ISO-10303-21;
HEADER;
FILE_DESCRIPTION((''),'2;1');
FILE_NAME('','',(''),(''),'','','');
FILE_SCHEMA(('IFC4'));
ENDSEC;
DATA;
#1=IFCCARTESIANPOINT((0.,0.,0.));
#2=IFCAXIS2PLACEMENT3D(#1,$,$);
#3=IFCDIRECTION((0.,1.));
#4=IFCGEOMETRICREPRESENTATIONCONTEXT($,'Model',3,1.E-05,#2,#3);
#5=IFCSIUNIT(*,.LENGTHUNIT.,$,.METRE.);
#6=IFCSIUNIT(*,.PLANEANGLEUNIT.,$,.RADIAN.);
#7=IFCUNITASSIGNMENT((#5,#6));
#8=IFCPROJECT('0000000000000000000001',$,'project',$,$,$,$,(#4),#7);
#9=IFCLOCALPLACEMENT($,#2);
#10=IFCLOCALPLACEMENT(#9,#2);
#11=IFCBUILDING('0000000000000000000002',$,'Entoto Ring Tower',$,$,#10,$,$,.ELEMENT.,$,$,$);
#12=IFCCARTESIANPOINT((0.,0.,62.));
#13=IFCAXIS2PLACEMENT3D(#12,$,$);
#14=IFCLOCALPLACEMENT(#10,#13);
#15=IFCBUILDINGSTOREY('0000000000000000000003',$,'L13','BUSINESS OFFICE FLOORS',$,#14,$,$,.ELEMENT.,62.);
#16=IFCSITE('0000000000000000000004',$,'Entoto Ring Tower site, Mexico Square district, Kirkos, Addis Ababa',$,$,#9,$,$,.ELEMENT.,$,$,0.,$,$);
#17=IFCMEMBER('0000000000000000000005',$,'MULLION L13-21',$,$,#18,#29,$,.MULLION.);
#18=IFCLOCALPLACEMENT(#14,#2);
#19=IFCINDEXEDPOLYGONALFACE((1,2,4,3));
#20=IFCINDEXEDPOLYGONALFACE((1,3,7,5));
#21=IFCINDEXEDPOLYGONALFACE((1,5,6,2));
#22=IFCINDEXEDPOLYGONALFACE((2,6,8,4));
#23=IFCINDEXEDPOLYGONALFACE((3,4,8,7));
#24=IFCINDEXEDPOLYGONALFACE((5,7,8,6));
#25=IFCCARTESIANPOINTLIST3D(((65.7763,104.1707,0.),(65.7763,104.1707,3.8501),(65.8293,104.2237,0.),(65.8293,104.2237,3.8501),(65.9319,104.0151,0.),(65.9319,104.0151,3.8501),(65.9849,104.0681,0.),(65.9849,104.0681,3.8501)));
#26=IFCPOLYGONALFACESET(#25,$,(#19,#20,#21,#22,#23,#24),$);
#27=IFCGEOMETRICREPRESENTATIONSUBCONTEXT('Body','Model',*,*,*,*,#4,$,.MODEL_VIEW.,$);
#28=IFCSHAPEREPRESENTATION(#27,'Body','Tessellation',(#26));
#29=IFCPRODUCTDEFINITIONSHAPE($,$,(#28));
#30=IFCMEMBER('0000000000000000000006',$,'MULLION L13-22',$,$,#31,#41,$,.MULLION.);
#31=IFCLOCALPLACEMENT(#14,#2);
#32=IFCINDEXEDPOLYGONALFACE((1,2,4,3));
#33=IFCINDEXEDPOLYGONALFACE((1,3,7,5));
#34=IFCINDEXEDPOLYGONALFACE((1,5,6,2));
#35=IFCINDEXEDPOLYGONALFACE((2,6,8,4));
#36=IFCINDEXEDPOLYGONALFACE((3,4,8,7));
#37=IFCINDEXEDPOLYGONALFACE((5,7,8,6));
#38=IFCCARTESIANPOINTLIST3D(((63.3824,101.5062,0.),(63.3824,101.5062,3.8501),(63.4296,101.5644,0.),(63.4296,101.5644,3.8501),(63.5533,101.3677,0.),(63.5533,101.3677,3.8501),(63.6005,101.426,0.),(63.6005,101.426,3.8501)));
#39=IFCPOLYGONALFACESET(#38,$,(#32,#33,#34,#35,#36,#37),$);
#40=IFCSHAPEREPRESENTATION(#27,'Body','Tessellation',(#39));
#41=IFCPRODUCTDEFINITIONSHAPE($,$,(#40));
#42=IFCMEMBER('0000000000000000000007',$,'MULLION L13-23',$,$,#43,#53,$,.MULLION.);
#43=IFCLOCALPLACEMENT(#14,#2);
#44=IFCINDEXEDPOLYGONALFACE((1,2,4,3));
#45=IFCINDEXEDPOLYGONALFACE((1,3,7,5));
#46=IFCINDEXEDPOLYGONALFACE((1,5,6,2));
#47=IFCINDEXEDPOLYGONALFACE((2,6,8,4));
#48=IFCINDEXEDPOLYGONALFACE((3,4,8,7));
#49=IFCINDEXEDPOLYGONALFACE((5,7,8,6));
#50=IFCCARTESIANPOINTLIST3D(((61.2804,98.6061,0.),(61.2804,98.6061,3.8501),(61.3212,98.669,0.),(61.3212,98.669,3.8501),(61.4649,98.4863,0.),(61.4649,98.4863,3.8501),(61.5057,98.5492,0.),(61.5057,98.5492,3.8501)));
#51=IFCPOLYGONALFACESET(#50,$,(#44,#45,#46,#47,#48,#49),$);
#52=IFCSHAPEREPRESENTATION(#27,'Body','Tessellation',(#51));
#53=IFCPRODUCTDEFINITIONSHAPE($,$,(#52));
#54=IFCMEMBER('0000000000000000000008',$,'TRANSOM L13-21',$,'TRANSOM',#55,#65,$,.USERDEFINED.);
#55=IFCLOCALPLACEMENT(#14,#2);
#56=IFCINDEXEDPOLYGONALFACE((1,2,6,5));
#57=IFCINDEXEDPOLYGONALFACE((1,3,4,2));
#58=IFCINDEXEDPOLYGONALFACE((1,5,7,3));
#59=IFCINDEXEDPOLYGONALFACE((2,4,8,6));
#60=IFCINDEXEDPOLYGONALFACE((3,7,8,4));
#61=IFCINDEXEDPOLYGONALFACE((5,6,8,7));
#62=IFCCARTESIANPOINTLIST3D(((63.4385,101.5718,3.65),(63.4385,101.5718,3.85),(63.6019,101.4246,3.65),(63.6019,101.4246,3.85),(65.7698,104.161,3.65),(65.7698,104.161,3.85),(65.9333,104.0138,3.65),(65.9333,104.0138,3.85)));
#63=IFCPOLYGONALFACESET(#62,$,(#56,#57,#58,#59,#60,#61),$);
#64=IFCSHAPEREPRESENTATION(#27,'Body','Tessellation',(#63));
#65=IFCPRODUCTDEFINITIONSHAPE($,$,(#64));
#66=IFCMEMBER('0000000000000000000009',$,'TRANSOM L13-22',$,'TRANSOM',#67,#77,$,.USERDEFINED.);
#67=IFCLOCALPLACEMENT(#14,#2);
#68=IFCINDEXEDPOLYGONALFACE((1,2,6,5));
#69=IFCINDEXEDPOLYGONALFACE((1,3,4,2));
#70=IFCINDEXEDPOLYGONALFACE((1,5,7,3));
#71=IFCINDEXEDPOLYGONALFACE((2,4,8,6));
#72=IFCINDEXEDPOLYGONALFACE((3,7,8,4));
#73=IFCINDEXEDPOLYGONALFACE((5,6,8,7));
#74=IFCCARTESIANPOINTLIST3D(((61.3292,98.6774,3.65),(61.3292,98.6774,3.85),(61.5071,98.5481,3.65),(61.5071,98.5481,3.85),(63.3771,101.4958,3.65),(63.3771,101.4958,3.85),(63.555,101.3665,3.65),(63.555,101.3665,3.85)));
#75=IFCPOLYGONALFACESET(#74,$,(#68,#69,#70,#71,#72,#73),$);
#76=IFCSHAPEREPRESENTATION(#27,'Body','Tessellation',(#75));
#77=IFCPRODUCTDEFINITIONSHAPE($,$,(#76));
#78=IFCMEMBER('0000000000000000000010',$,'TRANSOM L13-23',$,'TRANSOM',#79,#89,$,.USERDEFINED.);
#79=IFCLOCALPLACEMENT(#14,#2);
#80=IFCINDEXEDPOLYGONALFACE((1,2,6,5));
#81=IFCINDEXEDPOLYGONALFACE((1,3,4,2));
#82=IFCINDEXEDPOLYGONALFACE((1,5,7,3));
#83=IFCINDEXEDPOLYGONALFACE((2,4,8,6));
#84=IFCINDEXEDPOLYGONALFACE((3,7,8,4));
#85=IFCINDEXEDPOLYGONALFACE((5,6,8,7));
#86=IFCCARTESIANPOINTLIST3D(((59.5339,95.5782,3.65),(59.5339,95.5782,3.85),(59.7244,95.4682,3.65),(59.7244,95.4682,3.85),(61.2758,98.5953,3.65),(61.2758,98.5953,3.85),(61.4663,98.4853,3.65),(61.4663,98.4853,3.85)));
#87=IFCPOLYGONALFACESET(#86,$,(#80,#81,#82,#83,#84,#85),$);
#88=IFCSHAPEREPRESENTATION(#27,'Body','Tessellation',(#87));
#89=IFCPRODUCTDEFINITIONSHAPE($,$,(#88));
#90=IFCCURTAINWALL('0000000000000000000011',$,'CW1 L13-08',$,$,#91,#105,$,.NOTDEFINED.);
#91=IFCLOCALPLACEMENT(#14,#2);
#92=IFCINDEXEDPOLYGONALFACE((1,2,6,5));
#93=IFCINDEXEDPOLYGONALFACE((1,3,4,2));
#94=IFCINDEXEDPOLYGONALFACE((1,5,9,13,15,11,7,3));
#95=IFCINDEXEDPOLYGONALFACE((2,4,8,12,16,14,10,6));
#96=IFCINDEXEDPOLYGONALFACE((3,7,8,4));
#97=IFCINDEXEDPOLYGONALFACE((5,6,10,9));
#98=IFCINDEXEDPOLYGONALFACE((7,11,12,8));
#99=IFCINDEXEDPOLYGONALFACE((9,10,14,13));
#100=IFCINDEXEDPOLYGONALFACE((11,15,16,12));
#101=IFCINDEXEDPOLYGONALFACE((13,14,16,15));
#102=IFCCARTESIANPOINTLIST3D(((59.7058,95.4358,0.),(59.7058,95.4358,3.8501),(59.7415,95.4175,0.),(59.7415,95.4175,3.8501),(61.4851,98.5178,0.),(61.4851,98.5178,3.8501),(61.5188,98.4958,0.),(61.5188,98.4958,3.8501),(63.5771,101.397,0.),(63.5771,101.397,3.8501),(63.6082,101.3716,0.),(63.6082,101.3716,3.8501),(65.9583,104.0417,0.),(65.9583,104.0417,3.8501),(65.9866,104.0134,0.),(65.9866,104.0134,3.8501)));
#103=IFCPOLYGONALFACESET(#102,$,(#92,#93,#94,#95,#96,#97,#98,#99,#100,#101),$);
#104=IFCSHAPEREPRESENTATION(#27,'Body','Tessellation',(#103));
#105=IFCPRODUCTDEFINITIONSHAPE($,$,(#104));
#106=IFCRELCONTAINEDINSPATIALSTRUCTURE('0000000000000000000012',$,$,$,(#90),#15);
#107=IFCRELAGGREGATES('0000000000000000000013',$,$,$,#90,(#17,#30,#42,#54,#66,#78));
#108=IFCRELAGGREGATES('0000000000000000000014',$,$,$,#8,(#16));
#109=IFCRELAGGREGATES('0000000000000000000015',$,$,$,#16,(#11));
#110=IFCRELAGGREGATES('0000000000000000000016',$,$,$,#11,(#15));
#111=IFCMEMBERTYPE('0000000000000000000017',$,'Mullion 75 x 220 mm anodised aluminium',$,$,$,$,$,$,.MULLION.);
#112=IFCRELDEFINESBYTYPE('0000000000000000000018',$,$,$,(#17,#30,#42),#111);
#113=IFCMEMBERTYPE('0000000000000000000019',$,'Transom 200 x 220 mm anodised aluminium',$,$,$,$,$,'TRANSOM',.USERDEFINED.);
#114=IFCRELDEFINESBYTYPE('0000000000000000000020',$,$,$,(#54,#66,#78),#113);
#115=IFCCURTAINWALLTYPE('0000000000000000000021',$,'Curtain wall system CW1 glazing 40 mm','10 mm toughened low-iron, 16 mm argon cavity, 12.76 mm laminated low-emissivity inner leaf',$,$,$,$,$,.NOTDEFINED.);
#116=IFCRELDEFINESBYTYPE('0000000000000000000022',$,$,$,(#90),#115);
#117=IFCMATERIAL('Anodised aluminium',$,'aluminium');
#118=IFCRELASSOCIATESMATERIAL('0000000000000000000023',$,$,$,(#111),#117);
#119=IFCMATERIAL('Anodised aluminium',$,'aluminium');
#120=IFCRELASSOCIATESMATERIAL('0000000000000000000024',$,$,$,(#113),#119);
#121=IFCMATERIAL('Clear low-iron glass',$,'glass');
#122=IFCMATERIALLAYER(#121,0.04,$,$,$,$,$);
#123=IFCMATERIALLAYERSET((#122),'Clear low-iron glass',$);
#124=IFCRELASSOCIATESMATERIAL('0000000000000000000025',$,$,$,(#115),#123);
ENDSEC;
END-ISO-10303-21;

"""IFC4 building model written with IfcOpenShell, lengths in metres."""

from ifc_helpers import new_model, si_unit, direction, frame, origin, origin_2d, place, context, subcontext, project, spatial, polyline, rectangle, outline, extrude, material, layer, layer_set, material_profile, profile_set, type_object, element, aggregate, save


model = new_model("IFC4")

# Units and contexts
model_context = context("Model", 3, precision=1e-05, world=origin(), true_north=direction((0.0, 1.0)))
body_context = subcontext(model_context, "Body", "Model", "MODEL_VIEW")
ifc_project = project(units=[si_unit("LENGTHUNIT", "METRE"), si_unit("PLANEANGLEUNIT", "RADIAN")], contexts=[model_context])

# Members
ifc_material_1 = material(Name="Anodised aluminium", Category="aluminium")
ifc_material_profile_1 = material_profile(ifc_material_1, rectangle(XDim=0.075, YDim=0.22, at=origin_2d()), Name="Mullion 75 x 220 mm anodised aluminium")
ifc_profile_set_1 = profile_set([ifc_material_profile_1], Name="Anodised aluminium")
member_type_1 = type_object("IfcMemberType", Name="Mullion 75 x 220 mm anodised aluminium", PredefinedType="MULLION", material=ifc_profile_set_1)
site_placement = place(None, origin())
building_placement = place(site_placement, origin())
storey_placement = place(building_placement, frame((0.0, 0.0, 62.0)))
member_1_placement = place(storey_placement, frame((65.8806, 104.1194, 0.0), z_axis=(0.0, 0.0, 1.0), x_axis=(-0.707107, -0.707107, 0.0)))
member_1 = element("IfcMember", 1, at=member_1_placement, type_object=member_type_1, Name="MULLION L13-21", PredefinedType="MULLION", context=body_context, shape_type="SweptSolid", body=[
    extrude(rectangle(XDim=0.075, YDim=0.22, at=origin_2d()), origin(), (0.0, 0.0, 1.0), 3.8501),
])
member_2_placement = place(storey_placement, frame((63.4915, 101.4661, 0.0), z_axis=(0.0, 0.0, 1.0), x_axis=(-0.62932, -0.777146, 0.0)))
member_2 = element("IfcMember", 2, at=member_2_placement, type_object=member_type_1, Name="MULLION L13-22", PredefinedType="MULLION", context=body_context, shape_type="SweptSolid", body=[
    extrude(rectangle(XDim=0.075, YDim=0.22, at=origin_2d()), origin(), (0.0, 0.0, 1.0), 3.8501),
])
member_3_placement = place(storey_placement, frame((61.3931, 98.5776, 0.0), z_axis=(0.0, 0.0, 1.0), x_axis=(-0.544639, -0.838671, 0.0)))
member_3 = element("IfcMember", 3, at=member_3_placement, type_object=member_type_1, Name="MULLION L13-23", PredefinedType="MULLION", context=body_context, shape_type="SweptSolid", body=[
    extrude(rectangle(XDim=0.075, YDim=0.22, at=origin_2d()), origin(), (0.0, 0.0, 1.0), 3.8501),
])
ifc_material_2 = material(Name="Anodised aluminium", Category="aluminium")
ifc_material_profile_2 = material_profile(ifc_material_2, rectangle(XDim=0.22, YDim=0.2, at=origin_2d()), Name="Transom 200 x 220 mm anodised aluminium")
ifc_profile_set_2 = profile_set([ifc_material_profile_2], Name="Anodised aluminium")
member_type_2 = type_object("IfcMemberType", Name="Transom 200 x 220 mm anodised aluminium", ElementType="TRANSOM", PredefinedType="USERDEFINED", material=ifc_profile_set_2)
member_4_placement = place(storey_placement, frame((65.8516, 104.0874, 3.75), z_axis=(-0.669139, -0.743137, 0.0), x_axis=(0.743137, -0.669139, 0.0)))
member_4 = element("IfcMember", 4, at=member_4_placement, type_object=member_type_2, Name="TRANSOM L13-21", ObjectType="TRANSOM", PredefinedType="USERDEFINED", context=body_context, shape_type="SweptSolid", body=[
    extrude(rectangle(XDim=0.22, YDim=0.2, at=origin_2d()), origin(), (0.0, 0.0, 1.0), 3.4841),
])
member_5_placement = place(storey_placement, frame((63.4661, 101.4312, 3.75), z_axis=(-0.587822, -0.808991, 0.0), x_axis=(0.808991, -0.587822, 0.0)))
member_5 = element("IfcMember", 5, at=member_5_placement, type_object=member_type_2, Name="TRANSOM L13-22", ObjectType="TRANSOM", PredefinedType="USERDEFINED", context=body_context, shape_type="SweptSolid", body=[
    extrude(rectangle(XDim=0.22, YDim=0.2, at=origin_2d()), origin(), (0.0, 0.0, 1.0), 3.4839),
])
member_6_placement = place(storey_placement, frame((61.3711, 98.5403, 3.75), z_axis=(-0.500006, -0.866022, 0.0), x_axis=(0.866022, -0.500006, 0.0)))
member_6 = element("IfcMember", 6, at=member_6_placement, type_object=member_type_2, Name="TRANSOM L13-23", ObjectType="TRANSOM", PredefinedType="USERDEFINED", context=body_context, shape_type="SweptSolid", body=[
    extrude(rectangle(XDim=0.22, YDim=0.2, at=origin_2d()), origin(), (0.0, 0.0, 1.0), 3.4839),
])

# Site, building, storey
site = spatial("IfcSite", under=ifc_project, at=site_placement, Name="Entoto Ring Tower site, Mexico Square district, Kirkos, Addis Ababa", CompositionType="ELEMENT", RefElevation=0.0)
building = spatial("IfcBuilding", under=site, at=building_placement, Name="Entoto Ring Tower", CompositionType="ELEMENT")
storey = spatial("IfcBuildingStorey", under=building, at=storey_placement, Name="L13", Description="BUSINESS OFFICE FLOORS", CompositionType="ELEMENT", Elevation=62.0)

# Curtain wall
ifc_material_3 = material(Name="Clear low-iron glass", Category="glass")
ifc_layer = layer(ifc_material_3, 0.04)
ifc_layer_set = layer_set([ifc_layer], Name="Clear low-iron glass")
curtain_wall_type = type_object("IfcCurtainWallType", Name="Curtain wall system CW1 glazing 40 mm", Description="10 mm toughened low-iron, 16 mm argon cavity, 12.76 mm laminated low-emissivity inner leaf", PredefinedType="NOTDEFINED", material=ifc_layer_set)
curtain_wall_1_placement = place(storey_placement, origin())
curtain_wall_1 = element("IfcCurtainWall", 7, at=curtain_wall_1_placement, inside=storey, type_object=curtain_wall_type, Name="CW1 L13-08", PredefinedType="NOTDEFINED", context=body_context, shape_type="SweptSolid", body=[
    extrude(outline(polyline([(65.9583, 104.0417), (63.5771, 101.397), (61.4851, 98.5178), (59.7058, 95.4358), (59.7415, 95.4175), (61.5188, 98.4958), (63.6082, 101.3716), (65.9866, 104.0134), (65.9583, 104.0417)])), origin(), (0.0, 0.0, 1.0), 3.8501),
])
aggregate(curtain_wall_1, [member_1, member_2, member_3, member_4, member_5, member_6])

save(model, "model.ifc")
